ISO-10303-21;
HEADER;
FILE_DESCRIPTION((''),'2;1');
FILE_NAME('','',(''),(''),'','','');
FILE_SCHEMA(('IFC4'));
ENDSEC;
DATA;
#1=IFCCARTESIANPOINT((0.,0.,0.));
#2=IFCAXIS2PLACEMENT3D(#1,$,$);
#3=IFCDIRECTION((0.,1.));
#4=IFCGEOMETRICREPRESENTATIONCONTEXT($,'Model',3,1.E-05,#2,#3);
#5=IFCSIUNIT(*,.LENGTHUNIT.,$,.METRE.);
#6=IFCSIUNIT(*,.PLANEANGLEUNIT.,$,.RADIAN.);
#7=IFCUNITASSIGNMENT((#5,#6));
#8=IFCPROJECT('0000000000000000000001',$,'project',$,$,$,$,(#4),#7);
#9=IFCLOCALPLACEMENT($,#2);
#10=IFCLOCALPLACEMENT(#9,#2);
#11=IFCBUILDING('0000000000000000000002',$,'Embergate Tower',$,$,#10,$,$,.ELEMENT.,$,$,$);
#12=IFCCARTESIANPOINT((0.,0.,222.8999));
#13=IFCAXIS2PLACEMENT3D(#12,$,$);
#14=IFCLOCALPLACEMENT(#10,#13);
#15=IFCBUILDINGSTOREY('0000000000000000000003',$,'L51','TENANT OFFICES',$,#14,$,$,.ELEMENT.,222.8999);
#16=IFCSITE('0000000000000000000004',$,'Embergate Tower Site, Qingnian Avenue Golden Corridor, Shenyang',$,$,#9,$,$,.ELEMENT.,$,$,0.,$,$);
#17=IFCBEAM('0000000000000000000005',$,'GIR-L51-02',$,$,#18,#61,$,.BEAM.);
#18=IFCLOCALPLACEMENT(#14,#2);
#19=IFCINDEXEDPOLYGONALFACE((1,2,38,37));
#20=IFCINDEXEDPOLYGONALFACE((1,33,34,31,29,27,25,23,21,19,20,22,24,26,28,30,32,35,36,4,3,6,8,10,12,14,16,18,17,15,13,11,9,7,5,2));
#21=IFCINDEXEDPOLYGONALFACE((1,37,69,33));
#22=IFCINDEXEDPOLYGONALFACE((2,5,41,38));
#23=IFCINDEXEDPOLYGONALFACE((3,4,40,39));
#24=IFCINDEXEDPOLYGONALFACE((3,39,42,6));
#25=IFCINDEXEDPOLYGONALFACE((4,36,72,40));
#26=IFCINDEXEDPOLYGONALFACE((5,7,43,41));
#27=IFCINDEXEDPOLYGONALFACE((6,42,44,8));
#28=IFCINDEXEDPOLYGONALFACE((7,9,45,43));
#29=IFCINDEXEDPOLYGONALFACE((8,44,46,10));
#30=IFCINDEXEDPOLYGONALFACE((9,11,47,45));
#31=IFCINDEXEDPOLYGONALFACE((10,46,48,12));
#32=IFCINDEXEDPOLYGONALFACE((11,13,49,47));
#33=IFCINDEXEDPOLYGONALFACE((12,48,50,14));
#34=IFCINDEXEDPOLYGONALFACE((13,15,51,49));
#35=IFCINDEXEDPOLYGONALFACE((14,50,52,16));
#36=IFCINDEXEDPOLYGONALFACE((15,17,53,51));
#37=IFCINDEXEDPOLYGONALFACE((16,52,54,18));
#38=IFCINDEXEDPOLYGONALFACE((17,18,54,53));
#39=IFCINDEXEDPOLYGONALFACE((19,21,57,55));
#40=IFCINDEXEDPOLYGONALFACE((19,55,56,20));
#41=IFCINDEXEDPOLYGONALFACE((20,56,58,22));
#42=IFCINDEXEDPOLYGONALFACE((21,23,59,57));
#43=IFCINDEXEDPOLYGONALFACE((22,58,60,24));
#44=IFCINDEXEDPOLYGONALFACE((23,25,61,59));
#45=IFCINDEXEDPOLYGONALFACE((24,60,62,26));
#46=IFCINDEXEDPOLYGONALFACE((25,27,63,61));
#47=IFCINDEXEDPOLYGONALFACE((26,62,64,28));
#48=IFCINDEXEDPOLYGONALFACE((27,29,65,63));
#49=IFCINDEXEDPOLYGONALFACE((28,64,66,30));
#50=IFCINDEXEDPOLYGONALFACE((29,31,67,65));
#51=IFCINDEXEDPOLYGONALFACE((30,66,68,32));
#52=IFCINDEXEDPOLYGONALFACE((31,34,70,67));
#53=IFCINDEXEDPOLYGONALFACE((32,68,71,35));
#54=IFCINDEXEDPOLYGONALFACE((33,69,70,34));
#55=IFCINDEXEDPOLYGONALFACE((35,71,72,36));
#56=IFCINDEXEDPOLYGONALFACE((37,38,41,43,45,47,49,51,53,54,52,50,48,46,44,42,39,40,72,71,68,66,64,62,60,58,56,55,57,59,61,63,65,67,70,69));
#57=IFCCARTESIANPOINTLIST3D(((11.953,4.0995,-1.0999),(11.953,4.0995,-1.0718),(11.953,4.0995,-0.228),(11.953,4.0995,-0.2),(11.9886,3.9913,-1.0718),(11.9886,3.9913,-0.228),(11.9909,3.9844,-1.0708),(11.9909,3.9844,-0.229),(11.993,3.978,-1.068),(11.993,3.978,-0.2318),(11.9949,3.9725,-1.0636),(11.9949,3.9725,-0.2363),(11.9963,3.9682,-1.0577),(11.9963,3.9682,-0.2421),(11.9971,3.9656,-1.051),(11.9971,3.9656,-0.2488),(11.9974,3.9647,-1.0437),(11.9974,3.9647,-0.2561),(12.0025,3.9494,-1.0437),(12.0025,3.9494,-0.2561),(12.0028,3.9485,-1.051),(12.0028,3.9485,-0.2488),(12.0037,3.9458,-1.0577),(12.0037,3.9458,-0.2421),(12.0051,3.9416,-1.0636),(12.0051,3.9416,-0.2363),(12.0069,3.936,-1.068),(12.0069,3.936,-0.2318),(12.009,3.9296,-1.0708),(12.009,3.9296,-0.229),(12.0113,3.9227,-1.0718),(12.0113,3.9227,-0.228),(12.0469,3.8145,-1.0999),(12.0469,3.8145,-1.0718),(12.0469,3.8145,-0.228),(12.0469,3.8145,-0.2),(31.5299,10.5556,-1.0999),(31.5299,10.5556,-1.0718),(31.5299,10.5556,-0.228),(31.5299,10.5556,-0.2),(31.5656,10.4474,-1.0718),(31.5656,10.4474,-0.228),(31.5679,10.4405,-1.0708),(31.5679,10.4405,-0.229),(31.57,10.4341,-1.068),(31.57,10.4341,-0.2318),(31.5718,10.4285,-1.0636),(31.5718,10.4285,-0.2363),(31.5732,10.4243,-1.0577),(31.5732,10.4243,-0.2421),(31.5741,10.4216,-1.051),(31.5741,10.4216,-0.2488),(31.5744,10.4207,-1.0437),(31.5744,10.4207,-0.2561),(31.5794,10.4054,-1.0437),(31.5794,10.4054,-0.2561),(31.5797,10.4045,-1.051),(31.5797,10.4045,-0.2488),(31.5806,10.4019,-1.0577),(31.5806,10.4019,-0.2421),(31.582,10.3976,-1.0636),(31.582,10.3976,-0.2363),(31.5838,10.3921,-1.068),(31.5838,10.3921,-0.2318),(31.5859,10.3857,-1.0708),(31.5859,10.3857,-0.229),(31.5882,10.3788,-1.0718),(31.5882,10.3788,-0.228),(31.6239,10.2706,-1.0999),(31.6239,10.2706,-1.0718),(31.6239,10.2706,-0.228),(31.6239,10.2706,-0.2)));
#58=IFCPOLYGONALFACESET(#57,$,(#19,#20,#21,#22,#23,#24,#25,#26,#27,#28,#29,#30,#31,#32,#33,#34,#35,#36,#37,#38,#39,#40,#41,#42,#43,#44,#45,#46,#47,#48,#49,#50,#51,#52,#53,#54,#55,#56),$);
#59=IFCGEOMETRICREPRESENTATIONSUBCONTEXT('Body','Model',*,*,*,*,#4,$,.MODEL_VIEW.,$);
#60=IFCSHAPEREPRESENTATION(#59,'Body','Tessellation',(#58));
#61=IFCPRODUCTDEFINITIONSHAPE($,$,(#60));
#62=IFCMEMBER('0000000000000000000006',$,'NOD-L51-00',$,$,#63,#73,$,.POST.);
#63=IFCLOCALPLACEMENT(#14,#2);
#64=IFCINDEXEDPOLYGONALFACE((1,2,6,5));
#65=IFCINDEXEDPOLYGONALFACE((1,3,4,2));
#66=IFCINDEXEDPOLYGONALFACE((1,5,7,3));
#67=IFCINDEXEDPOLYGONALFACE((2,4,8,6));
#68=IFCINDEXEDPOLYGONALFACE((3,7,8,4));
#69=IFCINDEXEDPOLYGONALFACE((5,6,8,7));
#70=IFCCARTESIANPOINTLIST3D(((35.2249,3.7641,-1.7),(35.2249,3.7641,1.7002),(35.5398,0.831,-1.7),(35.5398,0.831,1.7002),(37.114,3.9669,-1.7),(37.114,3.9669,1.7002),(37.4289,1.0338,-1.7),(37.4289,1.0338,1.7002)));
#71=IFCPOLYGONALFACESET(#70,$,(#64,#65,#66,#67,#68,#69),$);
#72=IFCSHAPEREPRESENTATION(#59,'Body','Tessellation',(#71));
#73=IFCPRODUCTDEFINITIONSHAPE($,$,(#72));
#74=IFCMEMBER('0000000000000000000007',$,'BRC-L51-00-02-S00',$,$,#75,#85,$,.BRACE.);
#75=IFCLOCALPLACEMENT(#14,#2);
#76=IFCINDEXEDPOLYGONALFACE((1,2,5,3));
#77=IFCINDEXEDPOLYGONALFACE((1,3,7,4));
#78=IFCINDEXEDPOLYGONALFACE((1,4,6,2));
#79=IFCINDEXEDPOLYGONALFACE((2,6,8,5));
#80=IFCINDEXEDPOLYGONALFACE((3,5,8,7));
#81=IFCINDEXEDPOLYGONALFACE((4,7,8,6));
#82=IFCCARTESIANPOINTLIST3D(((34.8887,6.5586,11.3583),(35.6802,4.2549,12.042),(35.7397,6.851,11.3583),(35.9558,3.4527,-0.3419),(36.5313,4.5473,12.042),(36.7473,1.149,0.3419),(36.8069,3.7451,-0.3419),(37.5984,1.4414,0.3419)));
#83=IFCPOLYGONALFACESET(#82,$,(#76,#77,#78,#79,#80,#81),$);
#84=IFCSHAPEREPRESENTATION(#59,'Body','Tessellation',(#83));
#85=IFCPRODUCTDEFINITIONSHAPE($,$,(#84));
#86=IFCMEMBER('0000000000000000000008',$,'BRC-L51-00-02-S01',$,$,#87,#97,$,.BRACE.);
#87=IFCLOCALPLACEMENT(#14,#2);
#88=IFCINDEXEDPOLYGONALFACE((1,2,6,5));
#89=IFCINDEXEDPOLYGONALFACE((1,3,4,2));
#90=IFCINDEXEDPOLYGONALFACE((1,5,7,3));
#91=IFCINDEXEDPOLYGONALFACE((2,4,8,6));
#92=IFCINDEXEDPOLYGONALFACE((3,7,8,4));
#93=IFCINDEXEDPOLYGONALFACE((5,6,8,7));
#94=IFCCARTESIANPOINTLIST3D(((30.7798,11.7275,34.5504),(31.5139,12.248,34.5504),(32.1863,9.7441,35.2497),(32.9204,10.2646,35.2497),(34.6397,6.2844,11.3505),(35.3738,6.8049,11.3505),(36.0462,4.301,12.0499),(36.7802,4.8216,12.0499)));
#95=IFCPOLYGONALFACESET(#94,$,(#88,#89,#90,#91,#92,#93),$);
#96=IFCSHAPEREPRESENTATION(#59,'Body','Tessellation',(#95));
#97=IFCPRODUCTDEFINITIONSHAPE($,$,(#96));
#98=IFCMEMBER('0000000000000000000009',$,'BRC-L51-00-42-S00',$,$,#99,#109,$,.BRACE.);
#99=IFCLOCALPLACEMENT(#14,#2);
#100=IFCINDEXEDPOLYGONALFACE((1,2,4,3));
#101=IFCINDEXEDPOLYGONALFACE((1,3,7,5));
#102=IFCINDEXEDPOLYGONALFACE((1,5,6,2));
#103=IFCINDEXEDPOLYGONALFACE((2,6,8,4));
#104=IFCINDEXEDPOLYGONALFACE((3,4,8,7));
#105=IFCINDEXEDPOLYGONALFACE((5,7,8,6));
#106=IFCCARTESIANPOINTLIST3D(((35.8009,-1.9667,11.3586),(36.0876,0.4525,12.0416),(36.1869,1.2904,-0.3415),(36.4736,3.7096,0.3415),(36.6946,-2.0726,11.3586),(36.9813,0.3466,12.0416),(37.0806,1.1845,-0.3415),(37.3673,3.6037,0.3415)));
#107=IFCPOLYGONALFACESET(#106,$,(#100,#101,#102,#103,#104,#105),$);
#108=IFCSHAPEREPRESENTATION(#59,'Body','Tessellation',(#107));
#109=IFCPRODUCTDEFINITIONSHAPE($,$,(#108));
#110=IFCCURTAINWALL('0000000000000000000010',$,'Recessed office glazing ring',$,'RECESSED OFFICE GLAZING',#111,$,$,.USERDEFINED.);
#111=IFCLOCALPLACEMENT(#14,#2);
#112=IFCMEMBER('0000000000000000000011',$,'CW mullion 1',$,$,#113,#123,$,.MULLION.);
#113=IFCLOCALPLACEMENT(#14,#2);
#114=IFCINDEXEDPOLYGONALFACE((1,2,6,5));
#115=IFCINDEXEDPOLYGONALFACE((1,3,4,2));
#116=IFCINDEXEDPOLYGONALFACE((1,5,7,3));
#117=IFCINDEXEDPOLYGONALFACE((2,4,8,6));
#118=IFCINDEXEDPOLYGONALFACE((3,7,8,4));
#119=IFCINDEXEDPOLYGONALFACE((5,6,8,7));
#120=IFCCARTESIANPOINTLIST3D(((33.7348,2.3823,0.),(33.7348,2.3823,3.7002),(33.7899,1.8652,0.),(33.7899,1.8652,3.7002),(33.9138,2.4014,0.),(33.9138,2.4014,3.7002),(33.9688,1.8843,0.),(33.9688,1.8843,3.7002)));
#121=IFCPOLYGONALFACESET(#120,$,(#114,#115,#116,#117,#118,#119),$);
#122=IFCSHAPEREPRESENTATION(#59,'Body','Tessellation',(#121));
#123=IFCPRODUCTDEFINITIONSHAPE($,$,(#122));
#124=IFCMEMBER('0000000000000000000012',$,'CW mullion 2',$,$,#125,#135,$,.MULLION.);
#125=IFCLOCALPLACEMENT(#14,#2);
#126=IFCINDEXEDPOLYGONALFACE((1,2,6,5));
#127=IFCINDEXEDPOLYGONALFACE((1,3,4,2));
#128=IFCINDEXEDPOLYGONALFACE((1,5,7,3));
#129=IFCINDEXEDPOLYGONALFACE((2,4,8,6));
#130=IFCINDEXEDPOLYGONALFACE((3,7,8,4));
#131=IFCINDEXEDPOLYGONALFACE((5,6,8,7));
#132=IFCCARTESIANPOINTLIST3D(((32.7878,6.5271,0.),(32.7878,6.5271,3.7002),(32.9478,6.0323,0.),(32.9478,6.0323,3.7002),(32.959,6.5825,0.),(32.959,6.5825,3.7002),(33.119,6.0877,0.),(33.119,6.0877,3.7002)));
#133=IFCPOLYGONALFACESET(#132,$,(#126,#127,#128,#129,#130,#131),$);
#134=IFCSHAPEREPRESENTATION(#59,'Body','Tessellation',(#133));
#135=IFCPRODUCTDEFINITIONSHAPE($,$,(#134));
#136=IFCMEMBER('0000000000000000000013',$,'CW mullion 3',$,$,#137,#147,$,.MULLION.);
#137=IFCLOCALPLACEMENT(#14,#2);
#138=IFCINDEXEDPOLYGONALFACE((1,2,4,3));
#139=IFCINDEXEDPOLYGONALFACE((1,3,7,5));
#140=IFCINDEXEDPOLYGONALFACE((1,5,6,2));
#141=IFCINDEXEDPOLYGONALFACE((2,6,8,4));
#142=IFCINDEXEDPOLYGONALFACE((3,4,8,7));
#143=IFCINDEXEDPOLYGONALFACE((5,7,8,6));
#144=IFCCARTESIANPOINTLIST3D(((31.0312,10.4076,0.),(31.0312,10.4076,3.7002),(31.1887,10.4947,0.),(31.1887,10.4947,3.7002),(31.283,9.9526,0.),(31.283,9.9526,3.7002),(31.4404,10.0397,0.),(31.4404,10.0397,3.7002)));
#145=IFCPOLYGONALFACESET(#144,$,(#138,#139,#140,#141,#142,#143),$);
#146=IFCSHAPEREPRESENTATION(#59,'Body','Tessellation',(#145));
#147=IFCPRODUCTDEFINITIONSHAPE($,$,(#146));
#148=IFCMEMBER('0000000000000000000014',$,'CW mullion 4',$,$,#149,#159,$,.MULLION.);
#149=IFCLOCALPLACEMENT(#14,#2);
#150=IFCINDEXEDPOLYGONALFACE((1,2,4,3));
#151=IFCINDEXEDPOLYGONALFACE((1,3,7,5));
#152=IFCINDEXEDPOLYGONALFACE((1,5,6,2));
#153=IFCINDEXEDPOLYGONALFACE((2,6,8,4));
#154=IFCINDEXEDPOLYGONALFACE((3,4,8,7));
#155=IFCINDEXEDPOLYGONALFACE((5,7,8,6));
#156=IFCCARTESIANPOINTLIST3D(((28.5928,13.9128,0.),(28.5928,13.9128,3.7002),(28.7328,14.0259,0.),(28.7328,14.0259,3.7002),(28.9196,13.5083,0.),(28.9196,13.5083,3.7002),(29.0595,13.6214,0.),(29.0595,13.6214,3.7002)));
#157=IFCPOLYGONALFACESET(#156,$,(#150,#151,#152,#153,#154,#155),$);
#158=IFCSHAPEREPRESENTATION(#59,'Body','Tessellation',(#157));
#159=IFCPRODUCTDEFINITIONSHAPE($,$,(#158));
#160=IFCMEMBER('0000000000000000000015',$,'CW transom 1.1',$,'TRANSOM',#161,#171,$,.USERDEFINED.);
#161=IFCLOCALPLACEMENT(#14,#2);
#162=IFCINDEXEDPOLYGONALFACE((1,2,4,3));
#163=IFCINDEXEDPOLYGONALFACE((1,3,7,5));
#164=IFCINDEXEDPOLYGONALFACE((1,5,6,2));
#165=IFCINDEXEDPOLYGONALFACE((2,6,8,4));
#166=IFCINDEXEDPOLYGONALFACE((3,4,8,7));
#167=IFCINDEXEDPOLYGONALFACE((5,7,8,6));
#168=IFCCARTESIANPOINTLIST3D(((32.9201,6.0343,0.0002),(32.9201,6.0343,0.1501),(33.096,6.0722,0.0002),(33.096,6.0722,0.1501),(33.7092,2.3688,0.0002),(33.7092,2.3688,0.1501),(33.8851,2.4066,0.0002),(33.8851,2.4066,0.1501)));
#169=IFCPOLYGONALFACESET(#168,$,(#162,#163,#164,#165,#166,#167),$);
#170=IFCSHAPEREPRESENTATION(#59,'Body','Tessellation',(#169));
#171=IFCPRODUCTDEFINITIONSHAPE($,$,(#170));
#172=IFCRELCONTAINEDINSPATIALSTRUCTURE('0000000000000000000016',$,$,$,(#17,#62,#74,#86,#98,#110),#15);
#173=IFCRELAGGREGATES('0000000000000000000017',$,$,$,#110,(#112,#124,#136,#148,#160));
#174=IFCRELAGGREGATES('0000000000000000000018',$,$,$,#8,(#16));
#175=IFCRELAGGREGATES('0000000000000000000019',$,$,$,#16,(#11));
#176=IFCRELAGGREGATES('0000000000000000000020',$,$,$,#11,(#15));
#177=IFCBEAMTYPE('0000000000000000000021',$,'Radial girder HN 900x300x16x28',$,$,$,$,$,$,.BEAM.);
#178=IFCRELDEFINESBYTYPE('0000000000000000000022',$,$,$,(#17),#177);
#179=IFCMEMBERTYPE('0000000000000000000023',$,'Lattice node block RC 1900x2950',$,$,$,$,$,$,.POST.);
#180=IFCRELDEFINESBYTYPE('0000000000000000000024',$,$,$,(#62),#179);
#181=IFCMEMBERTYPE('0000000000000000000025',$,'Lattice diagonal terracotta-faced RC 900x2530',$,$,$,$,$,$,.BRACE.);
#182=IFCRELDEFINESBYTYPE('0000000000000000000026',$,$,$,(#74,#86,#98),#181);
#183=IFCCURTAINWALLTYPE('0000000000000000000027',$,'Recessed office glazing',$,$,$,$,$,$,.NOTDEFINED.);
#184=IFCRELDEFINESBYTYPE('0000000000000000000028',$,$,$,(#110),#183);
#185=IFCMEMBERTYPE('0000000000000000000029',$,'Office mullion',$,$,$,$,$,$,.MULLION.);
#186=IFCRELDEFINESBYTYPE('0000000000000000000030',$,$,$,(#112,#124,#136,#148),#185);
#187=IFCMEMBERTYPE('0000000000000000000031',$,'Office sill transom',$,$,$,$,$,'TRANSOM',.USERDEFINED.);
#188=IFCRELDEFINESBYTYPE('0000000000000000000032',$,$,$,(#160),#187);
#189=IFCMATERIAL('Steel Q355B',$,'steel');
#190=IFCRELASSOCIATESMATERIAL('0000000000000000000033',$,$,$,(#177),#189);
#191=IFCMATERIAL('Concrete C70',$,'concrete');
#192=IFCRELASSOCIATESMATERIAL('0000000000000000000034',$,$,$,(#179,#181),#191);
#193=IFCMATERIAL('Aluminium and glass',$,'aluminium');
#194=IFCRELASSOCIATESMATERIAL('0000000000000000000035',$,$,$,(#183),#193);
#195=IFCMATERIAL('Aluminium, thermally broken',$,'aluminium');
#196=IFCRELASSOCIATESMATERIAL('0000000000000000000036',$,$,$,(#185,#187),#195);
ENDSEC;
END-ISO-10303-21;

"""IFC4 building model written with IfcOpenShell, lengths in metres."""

from ifc_helpers import new_model, si_unit, direction, frame, origin, origin_2d, place, context, subcontext, project, spatial, rectangle, i_section, extrude, source, transform, mapped, material, material_profile, profile_set, type_object, element, aggregate, save


model = new_model("IFC4")

# Units and contexts
model_context = context("Model", 3, precision=1e-05, world=origin(), true_north=direction((0.0, 1.0)))
body_context = subcontext(model_context, "Body", "Model", "MODEL_VIEW")
ifc_project = project(units=[si_unit("LENGTHUNIT", "METRE"), si_unit("PLANEANGLEUNIT", "RADIAN")], contexts=[model_context])

# Site, building, storey
site_placement = place(None, origin())
site = spatial("IfcSite", under=ifc_project, at=site_placement, Name="Embergate Tower Site, Qingnian Avenue Golden Corridor, Shenyang", CompositionType="ELEMENT", RefElevation=0.0)
building_placement = place(site_placement, origin())
building = spatial("IfcBuilding", under=site, at=building_placement, Name="Embergate Tower", CompositionType="ELEMENT")
storey_placement = place(building_placement, frame((0.0, 0.0, 222.8999)))
storey = spatial("IfcBuildingStorey", under=building, at=storey_placement, Name="L51", Description="TENANT OFFICES", CompositionType="ELEMENT", Elevation=222.8999)

# Beam
ifc_material_1 = material(Name="Steel Q355B", Category="steel")
ifc_material_profile_1 = material_profile(ifc_material_1, i_section(OverallWidth=0.3, OverallDepth=0.8999, WebThickness=0.0161, FlangeThickness=0.0281, FilletRadius=0.0281, at=origin_2d()), Name="HN 900x300x16x28")
ifc_profile_set_1 = profile_set([ifc_material_profile_1], Name="Steel Q355 grade B")
beam_type_1 = type_object("IfcBeamType", Name="Radial girder HN 900x300x16x28", PredefinedType="BEAM", material=ifc_profile_set_1)
shared_shape_1 = source(origin(), body_context, "Body", "SweptSolid", [
    extrude(i_section(OverallWidth=0.3, OverallDepth=0.8999, WebThickness=0.0161, FlangeThickness=0.0281, FilletRadius=0.0281, at=origin_2d()), origin(), (0.0, 0.0, 1.0), 20.614),
])
beam_1_placement = place(storey_placement, frame((31.5769, 10.4131, -0.6499), z_axis=(-0.949691, -0.313188, 0.0), x_axis=(0.313188, -0.949691, 0.0)))
element("IfcBeam", 1, at=beam_1_placement, inside=storey, type_object=beam_type_1, Name="GIR-L51-02", PredefinedType="BEAM", context=body_context, shape_type="MappedRepresentation", body=[
    mapped(shared_shape_1, transform((0.0, 0.0, 0.0))),
])

# Members
ifc_material_2 = material(Name="Concrete C70", Category="concrete")
ifc_material_profile_2 = material_profile(ifc_material_2, rectangle(XDim=1.8999, YDim=2.95, at=origin_2d()), Name="RC 1900x2950")
ifc_profile_set_2 = profile_set([ifc_material_profile_2], Name="Concrete C70")
member_type_1 = type_object("IfcMemberType", Name="Lattice node block RC 1900x2950", PredefinedType="POST", material=ifc_profile_set_2)
shared_shape_2 = source(origin(), body_context, "Body", "SweptSolid", [
    extrude(rectangle(XDim=1.8999, YDim=2.95, at=origin_2d()), origin(), (0.0, 0.0, 1.0), 3.4001),
])
member_1_placement = place(storey_placement, frame((36.3269, 2.3989, -1.7), z_axis=(0.0, 0.0, 1.0), x_axis=(0.994286, 0.10675, 0.0)))
element("IfcMember", 2, at=member_1_placement, inside=storey, type_object=member_type_1, Name="NOD-L51-00", PredefinedType="POST", context=body_context, shape_type="MappedRepresentation", body=[
    mapped(shared_shape_2, transform((0.0, 0.0, 0.0))),
])
ifc_material_profile_3 = material_profile(ifc_material_2, rectangle(XDim=0.8999, YDim=2.53, at=origin_2d()), Name="RC 900x2530")
ifc_profile_set_3 = profile_set([ifc_material_profile_3], Name="Concrete C70")
member_type_2 = type_object("IfcMemberType", Name="Lattice diagonal terracotta-faced RC 900x2530", PredefinedType="BRACE", material=ifc_profile_set_3)
shared_shape_3 = source(origin(), body_context, "Body", "SweptSolid", [
    extrude(rectangle(XDim=0.8999, YDim=2.53, at=origin_2d()), origin(), (0.0, 0.0, 1.0), 12.1523),
])
member_2_placement = place(storey_placement, frame((36.7771, 2.447, 0.0), z_axis=(-0.087813, 0.255584, 0.96279), x_axis=(-0.945737, -0.324934, 0.0)))
element("IfcMember", 3, at=member_2_placement, inside=storey, type_object=member_type_2, Name="BRC-L51-00-02-S00", PredefinedType="BRACE", context=body_context, shape_type="MappedRepresentation", body=[
    mapped(shared_shape_3, transform((0.0, 0.0, 0.0))),
])
shared_shape_4 = source(origin(), body_context, "Body", "SweptSolid", [
    extrude(rectangle(XDim=0.8999, YDim=2.53, at=origin_2d()), origin(), (0.0, 0.0, 1.0), 24.1404),
])
member_3_placement = place(storey_placement, frame((35.71, 5.553, 11.7002), z_axis=(-0.159892, 0.225476, 0.961039), x_axis=(-0.815719, -0.578449, 0.0)))
element("IfcMember", 4, at=member_3_placement, inside=storey, type_object=member_type_2, Name="BRC-L51-00-02-S01", PredefinedType="BRACE", context=body_context, shape_type="MappedRepresentation", body=[
    mapped(shared_shape_4, transform((0.0, 0.0, 0.0))),
])
shared_shape_5 = source(origin(), body_context, "Body", "SweptSolid", [
    extrude(rectangle(XDim=0.8999, YDim=2.53, at=origin_2d()), origin(), (0.0, 0.0, 1.0), 12.1511),
])
member_4_placement = place(storey_placement, frame((36.7771, 2.447, 0.0), z_axis=(-0.031765, -0.268046, 0.962882), x_axis=(0.993051, -0.117683, 0.0)))
element("IfcMember", 5, at=member_4_placement, inside=storey, type_object=member_type_2, Name="BRC-L51-00-42-S00", PredefinedType="BRACE", context=body_context, shape_type="MappedRepresentation", body=[
    mapped(shared_shape_5, transform((0.0, 0.0, 0.0))),
])

# Curtain wall, members
ifc_material_3 = material(Name="Aluminium and glass", Category="aluminium")
curtain_wall_type = type_object("IfcCurtainWallType", Name="Recessed office glazing", PredefinedType="NOTDEFINED", material=ifc_material_3)
curtain_wall_placement = place(storey_placement, origin())
curtain_wall = element("IfcCurtainWall", 6, at=curtain_wall_placement, inside=storey, type_object=curtain_wall_type, Name="Recessed office glazing ring", ObjectType="RECESSED OFFICE GLAZING", PredefinedType="USERDEFINED")
ifc_material_4 = material(Name="Aluminium, thermally broken", Category="aluminium")
ifc_material_profile_4 = material_profile(ifc_material_4, rectangle(XDim=0.1799, YDim=0.52, at=origin_2d()), Name="AL 520x180")
ifc_profile_set_4 = profile_set([ifc_material_profile_4], Name="Aluminium, thermally broken")
member_type_3 = type_object("IfcMemberType", Name="Office mullion", PredefinedType="MULLION", material=ifc_profile_set_4)
shared_shape_6 = source(origin(), body_context, "Body", "SweptSolid", [
    extrude(rectangle(XDim=0.1799, YDim=0.52, at=origin_2d()), origin(), (0.0, 0.0, 1.0), 3.7002),
])
member_5_placement = place(storey_placement, frame((33.8518, 2.1333, 0.0), z_axis=(0.0, 0.0, 1.0), x_axis=(-0.994385, -0.105825, 0.0)))
member_5 = element("IfcMember", 7, at=member_5_placement, type_object=member_type_3, Name="CW mullion 1", PredefinedType="MULLION", context=body_context, shape_type="MappedRepresentation", body=[
    mapped(shared_shape_6, transform((0.0, 0.0, 0.0))),
])
member_6_placement = place(storey_placement, frame((32.9534, 6.3074, 0.0), z_axis=(0.0, 0.0, 1.0), x_axis=(-0.951497, -0.307657, 0.0)))
member_6 = element("IfcMember", 8, at=member_6_placement, type_object=member_type_3, Name="CW mullion 2", PredefinedType="MULLION", context=body_context, shape_type="MappedRepresentation", body=[
    mapped(shared_shape_6, transform((0.0, 0.0, 0.0))),
])
member_7_placement = place(storey_placement, frame((31.2358, 10.2236, 0.0), z_axis=(0.0, 0.0, 1.0), x_axis=(-0.875001, -0.484121, 0.0)))
member_7 = element("IfcMember", 9, at=member_7_placement, type_object=member_type_3, Name="CW mullion 3", PredefinedType="MULLION", context=body_context, shape_type="MappedRepresentation", body=[
    mapped(shared_shape_6, transform((0.0, 0.0, 0.0))),
])
member_8_placement = place(storey_placement, frame((28.8262, 13.7671, 0.0), z_axis=(0.0, 0.0, 1.0), x_axis=(-0.777873, -0.628422, 0.0)))
member_8 = element("IfcMember", 10, at=member_8_placement, type_object=member_type_3, Name="CW mullion 4", PredefinedType="MULLION", context=body_context, shape_type="MappedRepresentation", body=[
    mapped(shared_shape_6, transform((0.0, 0.0, 0.0))),
])
ifc_material_profile_5 = material_profile(ifc_material_4, rectangle(XDim=0.1799, YDim=0.1499, at=origin_2d()), Name="AL 150x180")
ifc_profile_set_5 = profile_set([ifc_material_profile_5], Name="Aluminium, thermally broken")
member_type_4 = type_object("IfcMemberType", Name="Office sill transom", ElementType="TRANSOM", PredefinedType="USERDEFINED", material=ifc_profile_set_5)
shared_shape_7 = source(origin(), body_context, "Body", "SweptSolid", [
    extrude(rectangle(XDim=0.1799, YDim=0.1499, at=origin_2d()), origin(), (0.0, 0.0, 1.0), 3.7495),
])
member_9_placement = place(storey_placement, frame((33.7971, 2.3877, 0.0752), z_axis=(-0.210445, 0.977606, 0.0), x_axis=(-0.977606, -0.210445, 0.0)))
member_9 = element("IfcMember", 11, at=member_9_placement, type_object=member_type_4, Name="CW transom 1.1", ObjectType="TRANSOM", PredefinedType="USERDEFINED", context=body_context, shape_type="MappedRepresentation", body=[
    mapped(shared_shape_7, transform((0.0, 0.0, 0.0))),
])
aggregate(curtain_wall, [member_5, member_6, member_7, member_8, member_9])

save(model, "model.ifc")
